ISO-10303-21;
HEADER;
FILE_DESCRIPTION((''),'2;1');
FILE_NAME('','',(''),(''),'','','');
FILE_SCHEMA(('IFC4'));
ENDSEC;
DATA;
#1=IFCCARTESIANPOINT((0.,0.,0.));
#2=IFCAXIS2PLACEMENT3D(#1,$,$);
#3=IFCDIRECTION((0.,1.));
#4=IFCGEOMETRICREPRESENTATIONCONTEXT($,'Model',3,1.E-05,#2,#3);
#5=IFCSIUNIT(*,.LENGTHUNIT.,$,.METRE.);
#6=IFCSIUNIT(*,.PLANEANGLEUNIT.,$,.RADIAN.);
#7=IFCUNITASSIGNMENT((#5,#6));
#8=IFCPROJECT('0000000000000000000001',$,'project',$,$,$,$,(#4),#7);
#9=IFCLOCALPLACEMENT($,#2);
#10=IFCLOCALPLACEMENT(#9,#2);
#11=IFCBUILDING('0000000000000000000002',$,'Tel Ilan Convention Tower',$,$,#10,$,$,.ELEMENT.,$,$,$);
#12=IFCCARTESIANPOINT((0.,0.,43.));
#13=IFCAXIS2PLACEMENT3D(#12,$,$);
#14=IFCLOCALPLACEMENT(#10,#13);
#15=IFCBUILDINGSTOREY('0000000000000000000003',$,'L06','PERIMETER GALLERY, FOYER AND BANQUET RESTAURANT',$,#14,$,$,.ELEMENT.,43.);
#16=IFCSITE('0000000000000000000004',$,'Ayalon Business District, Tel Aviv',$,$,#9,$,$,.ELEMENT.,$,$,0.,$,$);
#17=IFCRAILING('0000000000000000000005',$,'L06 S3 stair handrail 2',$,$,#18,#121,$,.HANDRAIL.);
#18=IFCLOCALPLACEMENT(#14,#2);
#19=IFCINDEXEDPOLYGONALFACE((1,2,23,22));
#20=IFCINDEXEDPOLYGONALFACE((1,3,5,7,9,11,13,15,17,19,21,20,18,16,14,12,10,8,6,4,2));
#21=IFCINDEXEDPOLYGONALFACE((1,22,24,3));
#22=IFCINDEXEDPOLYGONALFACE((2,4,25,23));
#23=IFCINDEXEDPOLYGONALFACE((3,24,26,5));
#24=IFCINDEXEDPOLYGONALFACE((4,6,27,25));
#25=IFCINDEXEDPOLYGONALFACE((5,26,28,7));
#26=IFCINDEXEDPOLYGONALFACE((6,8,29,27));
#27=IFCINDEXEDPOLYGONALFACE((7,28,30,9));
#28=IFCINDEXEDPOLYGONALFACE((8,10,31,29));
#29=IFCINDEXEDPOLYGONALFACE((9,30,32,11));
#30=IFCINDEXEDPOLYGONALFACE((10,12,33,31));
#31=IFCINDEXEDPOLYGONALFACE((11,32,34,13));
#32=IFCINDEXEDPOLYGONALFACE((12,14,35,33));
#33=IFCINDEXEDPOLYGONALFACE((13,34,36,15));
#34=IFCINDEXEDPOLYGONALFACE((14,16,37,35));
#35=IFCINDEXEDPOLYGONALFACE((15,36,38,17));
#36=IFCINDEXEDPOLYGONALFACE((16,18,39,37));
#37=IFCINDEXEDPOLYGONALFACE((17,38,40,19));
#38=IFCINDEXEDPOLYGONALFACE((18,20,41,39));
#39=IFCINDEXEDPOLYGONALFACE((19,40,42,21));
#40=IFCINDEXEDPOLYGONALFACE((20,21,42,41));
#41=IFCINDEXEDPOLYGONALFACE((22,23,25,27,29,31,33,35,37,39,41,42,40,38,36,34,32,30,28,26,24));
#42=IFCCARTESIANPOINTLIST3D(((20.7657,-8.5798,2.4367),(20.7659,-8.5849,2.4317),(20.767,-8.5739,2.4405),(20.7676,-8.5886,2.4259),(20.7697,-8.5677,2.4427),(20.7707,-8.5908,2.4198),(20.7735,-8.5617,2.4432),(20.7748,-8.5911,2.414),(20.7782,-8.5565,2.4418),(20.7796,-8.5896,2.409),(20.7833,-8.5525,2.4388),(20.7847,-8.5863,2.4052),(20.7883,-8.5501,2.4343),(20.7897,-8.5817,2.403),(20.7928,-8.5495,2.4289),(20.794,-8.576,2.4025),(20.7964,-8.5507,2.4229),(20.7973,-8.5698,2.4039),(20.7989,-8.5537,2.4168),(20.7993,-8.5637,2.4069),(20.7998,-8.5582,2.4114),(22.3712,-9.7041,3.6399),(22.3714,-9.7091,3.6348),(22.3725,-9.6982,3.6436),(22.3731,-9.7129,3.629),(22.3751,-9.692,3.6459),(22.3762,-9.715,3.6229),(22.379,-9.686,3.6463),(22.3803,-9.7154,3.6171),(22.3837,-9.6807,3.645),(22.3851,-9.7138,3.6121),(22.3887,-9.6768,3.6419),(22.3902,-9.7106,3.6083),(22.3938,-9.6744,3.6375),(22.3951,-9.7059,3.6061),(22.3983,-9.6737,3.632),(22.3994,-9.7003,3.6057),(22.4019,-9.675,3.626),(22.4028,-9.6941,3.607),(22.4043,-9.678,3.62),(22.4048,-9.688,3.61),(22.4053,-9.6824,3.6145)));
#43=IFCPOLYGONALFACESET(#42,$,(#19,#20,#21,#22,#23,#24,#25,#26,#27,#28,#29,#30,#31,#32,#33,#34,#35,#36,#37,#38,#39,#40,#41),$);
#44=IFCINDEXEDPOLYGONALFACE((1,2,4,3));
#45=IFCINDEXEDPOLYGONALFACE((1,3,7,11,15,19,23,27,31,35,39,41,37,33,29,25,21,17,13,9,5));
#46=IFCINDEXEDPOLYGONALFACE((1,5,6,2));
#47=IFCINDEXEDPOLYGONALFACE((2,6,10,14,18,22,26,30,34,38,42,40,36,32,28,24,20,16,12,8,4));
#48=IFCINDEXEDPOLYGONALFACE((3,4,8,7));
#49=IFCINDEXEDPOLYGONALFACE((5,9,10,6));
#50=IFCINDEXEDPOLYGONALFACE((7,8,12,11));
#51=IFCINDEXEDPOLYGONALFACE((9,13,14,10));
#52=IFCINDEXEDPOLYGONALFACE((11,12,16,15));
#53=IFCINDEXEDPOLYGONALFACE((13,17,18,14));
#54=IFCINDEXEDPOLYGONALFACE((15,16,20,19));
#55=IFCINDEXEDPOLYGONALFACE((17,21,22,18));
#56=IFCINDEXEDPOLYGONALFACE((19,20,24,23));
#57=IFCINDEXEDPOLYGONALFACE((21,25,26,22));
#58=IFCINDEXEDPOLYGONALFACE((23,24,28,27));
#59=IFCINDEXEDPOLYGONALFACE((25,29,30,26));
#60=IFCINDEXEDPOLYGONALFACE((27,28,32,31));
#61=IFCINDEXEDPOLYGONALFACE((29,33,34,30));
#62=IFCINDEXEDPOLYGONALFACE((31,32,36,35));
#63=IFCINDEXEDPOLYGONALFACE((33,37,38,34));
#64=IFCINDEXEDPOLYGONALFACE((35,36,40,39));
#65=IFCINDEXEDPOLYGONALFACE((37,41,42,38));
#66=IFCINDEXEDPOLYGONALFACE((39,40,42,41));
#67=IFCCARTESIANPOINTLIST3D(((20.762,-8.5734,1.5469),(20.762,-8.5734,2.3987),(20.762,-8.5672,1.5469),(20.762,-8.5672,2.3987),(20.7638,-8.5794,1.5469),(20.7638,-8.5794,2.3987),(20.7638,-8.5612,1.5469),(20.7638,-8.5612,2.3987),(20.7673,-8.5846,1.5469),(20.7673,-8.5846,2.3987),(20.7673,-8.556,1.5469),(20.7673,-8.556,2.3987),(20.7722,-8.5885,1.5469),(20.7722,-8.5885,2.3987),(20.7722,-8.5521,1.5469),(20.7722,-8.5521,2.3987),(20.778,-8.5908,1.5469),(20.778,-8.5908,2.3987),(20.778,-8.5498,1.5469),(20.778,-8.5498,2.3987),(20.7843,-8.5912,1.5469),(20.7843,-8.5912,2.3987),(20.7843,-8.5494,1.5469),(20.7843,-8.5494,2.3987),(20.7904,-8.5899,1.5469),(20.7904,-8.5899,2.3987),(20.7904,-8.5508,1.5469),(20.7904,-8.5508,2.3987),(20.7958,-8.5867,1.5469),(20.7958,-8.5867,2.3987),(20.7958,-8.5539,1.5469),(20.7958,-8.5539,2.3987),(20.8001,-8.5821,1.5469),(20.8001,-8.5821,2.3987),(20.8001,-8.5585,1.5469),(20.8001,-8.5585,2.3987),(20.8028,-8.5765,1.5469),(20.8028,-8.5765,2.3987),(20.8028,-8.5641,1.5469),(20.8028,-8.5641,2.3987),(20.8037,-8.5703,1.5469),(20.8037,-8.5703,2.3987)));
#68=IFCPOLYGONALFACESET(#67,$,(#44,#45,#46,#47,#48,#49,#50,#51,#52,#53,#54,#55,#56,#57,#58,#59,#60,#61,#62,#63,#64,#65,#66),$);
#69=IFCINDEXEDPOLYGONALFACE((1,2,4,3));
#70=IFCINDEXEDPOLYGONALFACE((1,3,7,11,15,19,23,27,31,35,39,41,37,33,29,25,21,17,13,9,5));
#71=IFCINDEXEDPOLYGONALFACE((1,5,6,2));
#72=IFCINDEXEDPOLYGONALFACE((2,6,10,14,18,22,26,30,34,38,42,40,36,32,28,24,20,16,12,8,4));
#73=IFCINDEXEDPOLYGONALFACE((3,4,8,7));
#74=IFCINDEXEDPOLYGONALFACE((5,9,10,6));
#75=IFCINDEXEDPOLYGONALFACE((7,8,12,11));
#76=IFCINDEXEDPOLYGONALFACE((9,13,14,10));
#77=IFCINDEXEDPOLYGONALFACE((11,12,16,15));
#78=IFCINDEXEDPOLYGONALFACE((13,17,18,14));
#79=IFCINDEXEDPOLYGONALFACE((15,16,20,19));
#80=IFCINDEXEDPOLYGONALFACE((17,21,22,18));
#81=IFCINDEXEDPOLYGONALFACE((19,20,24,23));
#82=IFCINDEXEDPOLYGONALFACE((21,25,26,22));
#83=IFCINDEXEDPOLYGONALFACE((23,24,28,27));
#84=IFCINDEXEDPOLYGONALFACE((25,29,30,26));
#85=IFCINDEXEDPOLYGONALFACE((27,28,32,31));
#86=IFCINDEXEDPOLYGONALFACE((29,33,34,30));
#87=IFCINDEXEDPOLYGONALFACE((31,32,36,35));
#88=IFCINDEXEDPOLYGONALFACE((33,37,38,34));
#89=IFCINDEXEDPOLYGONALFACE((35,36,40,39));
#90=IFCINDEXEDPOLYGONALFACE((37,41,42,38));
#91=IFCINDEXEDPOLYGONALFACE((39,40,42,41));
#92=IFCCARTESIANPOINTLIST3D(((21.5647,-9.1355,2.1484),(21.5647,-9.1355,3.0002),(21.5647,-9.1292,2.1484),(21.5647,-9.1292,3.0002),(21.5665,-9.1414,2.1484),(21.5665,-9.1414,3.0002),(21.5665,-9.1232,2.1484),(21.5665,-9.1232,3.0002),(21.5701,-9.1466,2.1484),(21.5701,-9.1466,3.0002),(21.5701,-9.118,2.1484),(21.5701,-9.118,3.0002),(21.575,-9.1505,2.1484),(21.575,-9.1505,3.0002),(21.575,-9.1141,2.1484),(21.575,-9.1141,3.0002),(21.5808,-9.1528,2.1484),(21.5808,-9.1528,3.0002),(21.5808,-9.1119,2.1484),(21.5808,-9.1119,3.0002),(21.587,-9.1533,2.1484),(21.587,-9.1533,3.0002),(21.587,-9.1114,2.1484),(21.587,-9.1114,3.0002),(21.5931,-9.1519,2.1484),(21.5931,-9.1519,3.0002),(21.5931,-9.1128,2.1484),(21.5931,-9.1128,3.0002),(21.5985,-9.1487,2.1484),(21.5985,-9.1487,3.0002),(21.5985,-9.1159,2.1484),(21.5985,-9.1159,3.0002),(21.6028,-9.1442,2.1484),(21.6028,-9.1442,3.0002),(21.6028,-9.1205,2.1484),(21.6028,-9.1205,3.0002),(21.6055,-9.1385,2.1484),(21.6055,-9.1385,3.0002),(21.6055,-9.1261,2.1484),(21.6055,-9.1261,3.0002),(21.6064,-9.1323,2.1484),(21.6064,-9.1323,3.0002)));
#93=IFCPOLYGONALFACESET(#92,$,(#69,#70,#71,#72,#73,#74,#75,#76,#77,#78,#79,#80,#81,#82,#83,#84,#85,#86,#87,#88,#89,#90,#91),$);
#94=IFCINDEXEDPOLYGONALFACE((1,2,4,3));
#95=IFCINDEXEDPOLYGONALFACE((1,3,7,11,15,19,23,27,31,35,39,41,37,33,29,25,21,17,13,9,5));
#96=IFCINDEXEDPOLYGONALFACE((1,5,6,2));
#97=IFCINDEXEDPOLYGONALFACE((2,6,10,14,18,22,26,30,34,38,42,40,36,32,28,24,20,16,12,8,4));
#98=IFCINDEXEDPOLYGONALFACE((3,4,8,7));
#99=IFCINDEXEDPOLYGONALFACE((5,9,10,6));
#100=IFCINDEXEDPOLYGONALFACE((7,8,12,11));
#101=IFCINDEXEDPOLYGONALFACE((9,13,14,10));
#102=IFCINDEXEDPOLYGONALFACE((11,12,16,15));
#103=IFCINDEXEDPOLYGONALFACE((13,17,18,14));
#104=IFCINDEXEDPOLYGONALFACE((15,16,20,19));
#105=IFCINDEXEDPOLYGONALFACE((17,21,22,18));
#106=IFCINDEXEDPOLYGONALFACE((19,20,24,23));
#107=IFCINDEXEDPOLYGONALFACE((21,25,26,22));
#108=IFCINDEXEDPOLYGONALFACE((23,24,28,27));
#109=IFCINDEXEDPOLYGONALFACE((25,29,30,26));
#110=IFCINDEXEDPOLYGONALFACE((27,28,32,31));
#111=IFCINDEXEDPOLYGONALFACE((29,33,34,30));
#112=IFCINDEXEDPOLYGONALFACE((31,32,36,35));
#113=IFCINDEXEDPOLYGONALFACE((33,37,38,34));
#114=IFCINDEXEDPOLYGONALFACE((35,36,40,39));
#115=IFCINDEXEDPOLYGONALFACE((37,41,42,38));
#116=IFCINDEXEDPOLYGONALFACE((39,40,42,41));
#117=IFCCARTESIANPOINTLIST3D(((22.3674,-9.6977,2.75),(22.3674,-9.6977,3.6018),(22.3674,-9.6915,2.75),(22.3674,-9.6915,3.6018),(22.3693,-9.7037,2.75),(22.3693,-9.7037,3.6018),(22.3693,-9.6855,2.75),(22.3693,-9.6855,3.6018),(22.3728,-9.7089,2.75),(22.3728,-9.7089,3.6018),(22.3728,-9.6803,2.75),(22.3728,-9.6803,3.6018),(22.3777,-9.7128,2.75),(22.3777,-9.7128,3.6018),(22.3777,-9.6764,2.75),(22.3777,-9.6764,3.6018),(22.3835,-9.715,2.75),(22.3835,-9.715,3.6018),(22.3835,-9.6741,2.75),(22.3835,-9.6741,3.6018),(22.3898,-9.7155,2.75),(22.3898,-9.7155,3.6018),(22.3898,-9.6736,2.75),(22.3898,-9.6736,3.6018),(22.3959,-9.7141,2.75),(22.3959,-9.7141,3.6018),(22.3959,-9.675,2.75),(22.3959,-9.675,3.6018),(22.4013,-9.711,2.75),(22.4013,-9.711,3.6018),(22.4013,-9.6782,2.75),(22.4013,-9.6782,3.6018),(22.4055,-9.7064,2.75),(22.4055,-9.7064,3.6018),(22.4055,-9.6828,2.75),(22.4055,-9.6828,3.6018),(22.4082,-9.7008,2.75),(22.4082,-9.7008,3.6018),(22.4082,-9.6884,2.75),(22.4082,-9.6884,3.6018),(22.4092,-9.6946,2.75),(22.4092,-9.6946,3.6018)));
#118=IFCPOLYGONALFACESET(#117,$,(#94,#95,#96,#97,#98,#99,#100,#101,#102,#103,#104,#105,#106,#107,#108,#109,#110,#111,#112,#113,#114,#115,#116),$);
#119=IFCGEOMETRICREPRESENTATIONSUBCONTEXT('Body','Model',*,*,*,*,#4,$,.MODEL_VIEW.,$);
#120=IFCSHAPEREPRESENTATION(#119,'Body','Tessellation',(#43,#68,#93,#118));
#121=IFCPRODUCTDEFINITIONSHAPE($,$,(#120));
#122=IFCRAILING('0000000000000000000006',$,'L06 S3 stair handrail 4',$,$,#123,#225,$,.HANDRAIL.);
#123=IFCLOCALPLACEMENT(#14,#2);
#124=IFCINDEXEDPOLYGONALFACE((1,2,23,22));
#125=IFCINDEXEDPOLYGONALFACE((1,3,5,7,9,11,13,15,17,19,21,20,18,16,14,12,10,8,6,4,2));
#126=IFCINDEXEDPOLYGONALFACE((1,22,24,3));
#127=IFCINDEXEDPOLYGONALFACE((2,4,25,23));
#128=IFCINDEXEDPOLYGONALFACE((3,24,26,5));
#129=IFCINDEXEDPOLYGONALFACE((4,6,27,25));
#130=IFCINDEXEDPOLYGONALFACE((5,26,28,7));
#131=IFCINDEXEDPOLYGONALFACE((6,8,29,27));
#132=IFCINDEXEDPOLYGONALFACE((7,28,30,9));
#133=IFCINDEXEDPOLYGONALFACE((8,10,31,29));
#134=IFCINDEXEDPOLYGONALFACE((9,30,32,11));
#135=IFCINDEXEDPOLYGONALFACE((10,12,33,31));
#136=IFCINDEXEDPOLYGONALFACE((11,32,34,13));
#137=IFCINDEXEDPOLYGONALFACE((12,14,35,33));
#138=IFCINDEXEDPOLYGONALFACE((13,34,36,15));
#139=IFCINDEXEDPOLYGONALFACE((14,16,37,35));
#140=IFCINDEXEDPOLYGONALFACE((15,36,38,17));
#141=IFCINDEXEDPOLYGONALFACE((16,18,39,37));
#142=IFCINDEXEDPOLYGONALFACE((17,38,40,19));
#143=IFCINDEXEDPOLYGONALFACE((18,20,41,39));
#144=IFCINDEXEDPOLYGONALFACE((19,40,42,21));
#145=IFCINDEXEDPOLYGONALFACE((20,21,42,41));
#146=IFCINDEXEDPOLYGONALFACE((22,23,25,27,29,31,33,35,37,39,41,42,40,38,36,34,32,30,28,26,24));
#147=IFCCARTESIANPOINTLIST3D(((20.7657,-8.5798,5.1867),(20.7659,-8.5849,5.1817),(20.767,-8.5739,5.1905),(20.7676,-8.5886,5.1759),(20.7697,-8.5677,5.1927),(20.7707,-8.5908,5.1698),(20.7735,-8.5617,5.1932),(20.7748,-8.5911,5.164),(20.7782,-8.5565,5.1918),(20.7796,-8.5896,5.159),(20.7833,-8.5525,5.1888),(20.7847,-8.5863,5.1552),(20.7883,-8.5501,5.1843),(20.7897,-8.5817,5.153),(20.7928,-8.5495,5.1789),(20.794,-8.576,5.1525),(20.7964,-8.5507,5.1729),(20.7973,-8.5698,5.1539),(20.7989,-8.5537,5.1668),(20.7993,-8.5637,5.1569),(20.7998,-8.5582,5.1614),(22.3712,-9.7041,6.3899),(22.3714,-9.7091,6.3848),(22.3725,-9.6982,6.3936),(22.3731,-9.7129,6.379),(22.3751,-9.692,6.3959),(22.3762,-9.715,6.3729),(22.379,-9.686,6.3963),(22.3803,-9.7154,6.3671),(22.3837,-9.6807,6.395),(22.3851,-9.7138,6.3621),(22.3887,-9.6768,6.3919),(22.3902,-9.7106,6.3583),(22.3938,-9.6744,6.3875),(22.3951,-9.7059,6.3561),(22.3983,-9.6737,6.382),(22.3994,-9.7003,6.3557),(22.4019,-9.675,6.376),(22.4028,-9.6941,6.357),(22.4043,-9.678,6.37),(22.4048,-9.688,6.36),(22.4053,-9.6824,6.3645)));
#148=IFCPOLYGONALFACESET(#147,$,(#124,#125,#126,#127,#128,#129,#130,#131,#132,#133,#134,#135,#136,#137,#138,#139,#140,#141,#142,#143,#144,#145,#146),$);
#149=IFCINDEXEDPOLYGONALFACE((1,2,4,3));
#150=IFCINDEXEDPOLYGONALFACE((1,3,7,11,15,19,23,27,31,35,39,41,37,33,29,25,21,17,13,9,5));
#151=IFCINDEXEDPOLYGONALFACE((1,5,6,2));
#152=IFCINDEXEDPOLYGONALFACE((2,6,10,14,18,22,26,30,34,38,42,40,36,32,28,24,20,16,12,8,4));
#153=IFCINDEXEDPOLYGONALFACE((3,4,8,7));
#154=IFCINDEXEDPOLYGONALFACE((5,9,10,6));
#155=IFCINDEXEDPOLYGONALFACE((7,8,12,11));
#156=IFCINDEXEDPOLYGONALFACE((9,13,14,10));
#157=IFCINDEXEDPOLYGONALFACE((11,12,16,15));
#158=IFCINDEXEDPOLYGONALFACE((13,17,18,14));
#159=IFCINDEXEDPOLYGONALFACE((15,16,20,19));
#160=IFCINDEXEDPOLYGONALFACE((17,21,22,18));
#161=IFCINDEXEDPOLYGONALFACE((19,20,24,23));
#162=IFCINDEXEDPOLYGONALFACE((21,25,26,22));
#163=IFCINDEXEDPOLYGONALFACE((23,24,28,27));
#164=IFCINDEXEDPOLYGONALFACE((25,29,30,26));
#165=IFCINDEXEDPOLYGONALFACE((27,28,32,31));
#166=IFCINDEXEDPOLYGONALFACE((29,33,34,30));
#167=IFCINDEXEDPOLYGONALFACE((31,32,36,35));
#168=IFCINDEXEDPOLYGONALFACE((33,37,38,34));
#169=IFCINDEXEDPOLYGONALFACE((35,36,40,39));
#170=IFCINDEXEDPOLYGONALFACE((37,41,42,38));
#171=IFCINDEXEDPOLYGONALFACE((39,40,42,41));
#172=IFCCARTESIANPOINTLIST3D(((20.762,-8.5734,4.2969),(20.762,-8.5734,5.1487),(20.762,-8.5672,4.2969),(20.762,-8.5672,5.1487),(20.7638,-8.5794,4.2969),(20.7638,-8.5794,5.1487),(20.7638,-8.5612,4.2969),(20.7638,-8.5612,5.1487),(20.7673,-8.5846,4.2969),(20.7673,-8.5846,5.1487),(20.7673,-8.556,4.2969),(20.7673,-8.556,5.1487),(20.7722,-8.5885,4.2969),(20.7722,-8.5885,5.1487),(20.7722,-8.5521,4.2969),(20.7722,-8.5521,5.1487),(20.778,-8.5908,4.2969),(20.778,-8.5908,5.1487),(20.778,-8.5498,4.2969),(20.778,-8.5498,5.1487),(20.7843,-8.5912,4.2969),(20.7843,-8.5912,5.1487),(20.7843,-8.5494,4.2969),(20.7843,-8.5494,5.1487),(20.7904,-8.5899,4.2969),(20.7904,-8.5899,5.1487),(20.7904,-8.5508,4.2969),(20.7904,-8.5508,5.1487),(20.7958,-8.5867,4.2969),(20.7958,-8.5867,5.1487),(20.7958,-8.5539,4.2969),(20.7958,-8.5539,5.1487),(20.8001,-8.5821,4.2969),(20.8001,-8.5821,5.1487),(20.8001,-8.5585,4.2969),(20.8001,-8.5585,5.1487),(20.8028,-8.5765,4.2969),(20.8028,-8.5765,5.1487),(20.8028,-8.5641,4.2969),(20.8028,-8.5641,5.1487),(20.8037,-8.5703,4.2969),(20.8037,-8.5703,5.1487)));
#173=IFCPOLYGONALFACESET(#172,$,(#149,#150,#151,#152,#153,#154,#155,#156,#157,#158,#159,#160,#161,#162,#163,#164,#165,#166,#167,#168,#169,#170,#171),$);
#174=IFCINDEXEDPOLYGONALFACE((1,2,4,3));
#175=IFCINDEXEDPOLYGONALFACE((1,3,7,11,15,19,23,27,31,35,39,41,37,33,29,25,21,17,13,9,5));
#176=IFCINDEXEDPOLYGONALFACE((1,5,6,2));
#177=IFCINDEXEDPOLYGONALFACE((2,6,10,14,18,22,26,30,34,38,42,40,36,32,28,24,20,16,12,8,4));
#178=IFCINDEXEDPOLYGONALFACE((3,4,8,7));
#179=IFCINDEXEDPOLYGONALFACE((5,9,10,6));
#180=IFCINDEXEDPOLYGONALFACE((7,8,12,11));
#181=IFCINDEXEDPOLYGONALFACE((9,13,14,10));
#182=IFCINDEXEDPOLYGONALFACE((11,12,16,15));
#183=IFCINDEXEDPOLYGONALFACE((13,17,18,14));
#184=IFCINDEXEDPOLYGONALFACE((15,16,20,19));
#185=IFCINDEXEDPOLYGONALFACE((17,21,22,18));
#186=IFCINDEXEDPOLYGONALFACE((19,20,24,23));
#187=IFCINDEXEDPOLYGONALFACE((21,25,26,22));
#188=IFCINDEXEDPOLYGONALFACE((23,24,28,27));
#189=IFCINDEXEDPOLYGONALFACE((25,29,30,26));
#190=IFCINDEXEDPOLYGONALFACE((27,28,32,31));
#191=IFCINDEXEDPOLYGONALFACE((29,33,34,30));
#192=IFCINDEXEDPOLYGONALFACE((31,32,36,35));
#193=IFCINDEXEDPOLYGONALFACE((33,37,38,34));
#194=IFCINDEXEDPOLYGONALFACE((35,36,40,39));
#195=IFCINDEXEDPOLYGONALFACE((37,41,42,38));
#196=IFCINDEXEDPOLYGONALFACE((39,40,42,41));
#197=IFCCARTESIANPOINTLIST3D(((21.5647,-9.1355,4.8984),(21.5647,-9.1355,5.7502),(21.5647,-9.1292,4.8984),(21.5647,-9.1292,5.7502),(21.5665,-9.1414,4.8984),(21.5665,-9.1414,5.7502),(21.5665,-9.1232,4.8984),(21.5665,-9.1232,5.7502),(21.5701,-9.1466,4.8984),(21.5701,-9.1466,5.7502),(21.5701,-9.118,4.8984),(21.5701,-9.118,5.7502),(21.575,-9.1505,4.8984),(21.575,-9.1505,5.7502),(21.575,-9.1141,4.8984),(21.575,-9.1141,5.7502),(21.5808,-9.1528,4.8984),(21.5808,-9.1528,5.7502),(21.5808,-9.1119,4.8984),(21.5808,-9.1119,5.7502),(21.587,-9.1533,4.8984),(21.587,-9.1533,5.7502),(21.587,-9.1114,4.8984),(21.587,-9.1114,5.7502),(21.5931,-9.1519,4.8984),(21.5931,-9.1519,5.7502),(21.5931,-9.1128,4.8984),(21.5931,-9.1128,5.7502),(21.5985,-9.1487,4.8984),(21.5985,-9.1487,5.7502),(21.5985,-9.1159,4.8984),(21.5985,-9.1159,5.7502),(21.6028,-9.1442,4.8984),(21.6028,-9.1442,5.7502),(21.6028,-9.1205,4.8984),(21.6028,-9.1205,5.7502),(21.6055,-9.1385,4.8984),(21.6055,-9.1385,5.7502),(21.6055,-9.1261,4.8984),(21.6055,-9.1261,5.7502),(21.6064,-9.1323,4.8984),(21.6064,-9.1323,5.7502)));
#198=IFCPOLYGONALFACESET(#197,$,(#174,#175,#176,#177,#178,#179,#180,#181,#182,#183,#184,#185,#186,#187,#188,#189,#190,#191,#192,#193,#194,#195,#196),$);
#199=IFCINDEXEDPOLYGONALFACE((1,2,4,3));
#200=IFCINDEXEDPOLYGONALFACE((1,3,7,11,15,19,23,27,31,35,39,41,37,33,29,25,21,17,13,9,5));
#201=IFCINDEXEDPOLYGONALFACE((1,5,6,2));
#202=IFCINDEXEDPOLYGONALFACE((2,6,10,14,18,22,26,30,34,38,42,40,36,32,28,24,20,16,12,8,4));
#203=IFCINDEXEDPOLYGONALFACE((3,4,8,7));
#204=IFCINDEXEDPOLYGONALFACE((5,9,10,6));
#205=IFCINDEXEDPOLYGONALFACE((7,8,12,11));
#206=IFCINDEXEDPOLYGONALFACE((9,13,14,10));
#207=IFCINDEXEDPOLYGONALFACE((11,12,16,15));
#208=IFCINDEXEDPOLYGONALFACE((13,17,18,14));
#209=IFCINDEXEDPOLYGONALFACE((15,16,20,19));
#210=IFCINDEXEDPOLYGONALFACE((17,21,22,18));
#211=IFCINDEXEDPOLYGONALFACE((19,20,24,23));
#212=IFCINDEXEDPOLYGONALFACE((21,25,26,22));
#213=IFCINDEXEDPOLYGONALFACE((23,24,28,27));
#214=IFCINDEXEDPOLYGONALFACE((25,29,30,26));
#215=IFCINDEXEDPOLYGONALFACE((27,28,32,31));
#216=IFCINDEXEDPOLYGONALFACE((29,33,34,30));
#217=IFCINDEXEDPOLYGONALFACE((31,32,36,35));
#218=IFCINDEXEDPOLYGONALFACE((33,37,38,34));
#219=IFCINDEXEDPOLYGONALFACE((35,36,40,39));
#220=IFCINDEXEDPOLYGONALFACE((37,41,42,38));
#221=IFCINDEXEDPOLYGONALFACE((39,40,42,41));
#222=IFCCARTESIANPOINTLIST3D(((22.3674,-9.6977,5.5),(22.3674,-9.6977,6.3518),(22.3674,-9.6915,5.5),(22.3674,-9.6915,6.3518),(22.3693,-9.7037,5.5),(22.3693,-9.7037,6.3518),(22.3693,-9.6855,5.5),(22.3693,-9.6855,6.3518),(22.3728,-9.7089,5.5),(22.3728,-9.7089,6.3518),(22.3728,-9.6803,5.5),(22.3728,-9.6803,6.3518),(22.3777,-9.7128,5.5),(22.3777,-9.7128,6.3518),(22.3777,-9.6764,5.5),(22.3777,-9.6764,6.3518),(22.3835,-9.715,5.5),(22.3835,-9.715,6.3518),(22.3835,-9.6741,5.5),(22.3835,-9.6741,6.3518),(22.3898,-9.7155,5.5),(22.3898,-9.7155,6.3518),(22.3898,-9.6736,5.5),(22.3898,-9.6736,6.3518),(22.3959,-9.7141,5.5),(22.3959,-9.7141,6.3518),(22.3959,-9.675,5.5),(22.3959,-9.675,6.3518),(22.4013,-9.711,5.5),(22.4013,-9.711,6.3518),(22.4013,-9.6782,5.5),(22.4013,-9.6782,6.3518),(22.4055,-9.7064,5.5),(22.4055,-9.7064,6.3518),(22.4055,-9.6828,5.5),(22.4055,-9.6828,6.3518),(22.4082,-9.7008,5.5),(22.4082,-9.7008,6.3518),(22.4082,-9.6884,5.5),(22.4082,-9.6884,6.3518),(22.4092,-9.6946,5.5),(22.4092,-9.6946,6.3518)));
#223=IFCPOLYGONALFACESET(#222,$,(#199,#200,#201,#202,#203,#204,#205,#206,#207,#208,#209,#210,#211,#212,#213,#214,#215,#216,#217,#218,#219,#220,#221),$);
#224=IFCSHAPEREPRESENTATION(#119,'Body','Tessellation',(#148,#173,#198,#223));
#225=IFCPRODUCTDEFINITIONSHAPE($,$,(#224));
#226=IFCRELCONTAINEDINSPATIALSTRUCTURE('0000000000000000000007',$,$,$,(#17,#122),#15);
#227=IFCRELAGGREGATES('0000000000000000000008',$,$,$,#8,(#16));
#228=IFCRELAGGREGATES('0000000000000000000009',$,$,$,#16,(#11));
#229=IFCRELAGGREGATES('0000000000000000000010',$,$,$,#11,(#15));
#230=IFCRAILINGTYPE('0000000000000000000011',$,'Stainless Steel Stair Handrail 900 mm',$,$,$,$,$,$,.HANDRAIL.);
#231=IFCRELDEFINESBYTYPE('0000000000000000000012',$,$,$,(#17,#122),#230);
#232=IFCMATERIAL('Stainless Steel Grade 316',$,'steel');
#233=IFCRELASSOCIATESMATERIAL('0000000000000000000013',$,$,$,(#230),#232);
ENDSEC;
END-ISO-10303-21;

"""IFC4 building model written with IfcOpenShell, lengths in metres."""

from ifc_helpers import new_model, si_unit, direction, frame, origin, origin_2d, place, context, subcontext, project, spatial, circle, extrude, material, type_object, element, save


model = new_model("IFC4")

# Units and contexts
model_context = context("Model", 3, precision=1e-05, world=origin(), true_north=direction((0.0, 1.0)))
body_context = subcontext(model_context, "Body", "Model", "MODEL_VIEW")
ifc_project = project(units=[si_unit("LENGTHUNIT", "METRE"), si_unit("PLANEANGLEUNIT", "RADIAN")], contexts=[model_context])

# Site, building, storey
site_placement = place(None, origin())
site = spatial("IfcSite", under=ifc_project, at=site_placement, Name="Ayalon Business District, Tel Aviv", CompositionType="ELEMENT", RefElevation=0.0)
building_placement = place(site_placement, origin())
building = spatial("IfcBuilding", under=site, at=building_placement, Name="Tel Ilan Convention Tower", CompositionType="ELEMENT")
storey_placement = place(building_placement, frame((0.0, 0.0, 43.0)))
storey = spatial("IfcBuildingStorey", under=building, at=storey_placement, Name="L06", Description="PERIMETER GALLERY, FOYER AND BANQUET RESTAURANT", CompositionType="ELEMENT", Elevation=43.0)

# Railings
ifc_material_1 = material(Name="Stainless Steel Grade 316", Category="steel")
railing_type_1 = type_object("IfcRailingType", Name="Stainless Steel Stair Handrail 900 mm", PredefinedType="HANDRAIL", material=ifc_material_1)
for number, where, name in (
    (1, (20.7827, -8.5703, 1.5469), "L06 S3 stair handrail 2"),
    (2, (20.7827, -8.5703, 4.2969), "L06 S3 stair handrail 4"),
):
    element("IfcRailing", number, at=place(storey_placement, frame(where)), inside=storey, type_object=railing_type_1, Name=name, PredefinedType="HANDRAIL", context=body_context, shape_type="SweptSolid", body=[
        extrude(circle(Radius=0.0239, at=origin_2d()), frame((0.0, 0.0, 0.876), z_axis=(0.698095, -0.488857, 0.523146), x_axis=(0.573613, 0.819127, 0.0)), (0.0, 0.0, 1.0), 2.2998),
        extrude(circle(Radius=0.021, at=origin_2d()), origin(), (0.0, 0.0, 1.0), 0.8518),
        extrude(circle(Radius=0.021, at=origin_2d()), frame((0.8027, -0.562, 0.6016)), (0.0, 0.0, 1.0), 0.8518),
        extrude(circle(Radius=0.021, at=origin_2d()), frame((1.6055, -1.1243, 1.2031)), (0.0, 0.0, 1.0), 0.8518),
    ])

save(model, "model.ifc")
